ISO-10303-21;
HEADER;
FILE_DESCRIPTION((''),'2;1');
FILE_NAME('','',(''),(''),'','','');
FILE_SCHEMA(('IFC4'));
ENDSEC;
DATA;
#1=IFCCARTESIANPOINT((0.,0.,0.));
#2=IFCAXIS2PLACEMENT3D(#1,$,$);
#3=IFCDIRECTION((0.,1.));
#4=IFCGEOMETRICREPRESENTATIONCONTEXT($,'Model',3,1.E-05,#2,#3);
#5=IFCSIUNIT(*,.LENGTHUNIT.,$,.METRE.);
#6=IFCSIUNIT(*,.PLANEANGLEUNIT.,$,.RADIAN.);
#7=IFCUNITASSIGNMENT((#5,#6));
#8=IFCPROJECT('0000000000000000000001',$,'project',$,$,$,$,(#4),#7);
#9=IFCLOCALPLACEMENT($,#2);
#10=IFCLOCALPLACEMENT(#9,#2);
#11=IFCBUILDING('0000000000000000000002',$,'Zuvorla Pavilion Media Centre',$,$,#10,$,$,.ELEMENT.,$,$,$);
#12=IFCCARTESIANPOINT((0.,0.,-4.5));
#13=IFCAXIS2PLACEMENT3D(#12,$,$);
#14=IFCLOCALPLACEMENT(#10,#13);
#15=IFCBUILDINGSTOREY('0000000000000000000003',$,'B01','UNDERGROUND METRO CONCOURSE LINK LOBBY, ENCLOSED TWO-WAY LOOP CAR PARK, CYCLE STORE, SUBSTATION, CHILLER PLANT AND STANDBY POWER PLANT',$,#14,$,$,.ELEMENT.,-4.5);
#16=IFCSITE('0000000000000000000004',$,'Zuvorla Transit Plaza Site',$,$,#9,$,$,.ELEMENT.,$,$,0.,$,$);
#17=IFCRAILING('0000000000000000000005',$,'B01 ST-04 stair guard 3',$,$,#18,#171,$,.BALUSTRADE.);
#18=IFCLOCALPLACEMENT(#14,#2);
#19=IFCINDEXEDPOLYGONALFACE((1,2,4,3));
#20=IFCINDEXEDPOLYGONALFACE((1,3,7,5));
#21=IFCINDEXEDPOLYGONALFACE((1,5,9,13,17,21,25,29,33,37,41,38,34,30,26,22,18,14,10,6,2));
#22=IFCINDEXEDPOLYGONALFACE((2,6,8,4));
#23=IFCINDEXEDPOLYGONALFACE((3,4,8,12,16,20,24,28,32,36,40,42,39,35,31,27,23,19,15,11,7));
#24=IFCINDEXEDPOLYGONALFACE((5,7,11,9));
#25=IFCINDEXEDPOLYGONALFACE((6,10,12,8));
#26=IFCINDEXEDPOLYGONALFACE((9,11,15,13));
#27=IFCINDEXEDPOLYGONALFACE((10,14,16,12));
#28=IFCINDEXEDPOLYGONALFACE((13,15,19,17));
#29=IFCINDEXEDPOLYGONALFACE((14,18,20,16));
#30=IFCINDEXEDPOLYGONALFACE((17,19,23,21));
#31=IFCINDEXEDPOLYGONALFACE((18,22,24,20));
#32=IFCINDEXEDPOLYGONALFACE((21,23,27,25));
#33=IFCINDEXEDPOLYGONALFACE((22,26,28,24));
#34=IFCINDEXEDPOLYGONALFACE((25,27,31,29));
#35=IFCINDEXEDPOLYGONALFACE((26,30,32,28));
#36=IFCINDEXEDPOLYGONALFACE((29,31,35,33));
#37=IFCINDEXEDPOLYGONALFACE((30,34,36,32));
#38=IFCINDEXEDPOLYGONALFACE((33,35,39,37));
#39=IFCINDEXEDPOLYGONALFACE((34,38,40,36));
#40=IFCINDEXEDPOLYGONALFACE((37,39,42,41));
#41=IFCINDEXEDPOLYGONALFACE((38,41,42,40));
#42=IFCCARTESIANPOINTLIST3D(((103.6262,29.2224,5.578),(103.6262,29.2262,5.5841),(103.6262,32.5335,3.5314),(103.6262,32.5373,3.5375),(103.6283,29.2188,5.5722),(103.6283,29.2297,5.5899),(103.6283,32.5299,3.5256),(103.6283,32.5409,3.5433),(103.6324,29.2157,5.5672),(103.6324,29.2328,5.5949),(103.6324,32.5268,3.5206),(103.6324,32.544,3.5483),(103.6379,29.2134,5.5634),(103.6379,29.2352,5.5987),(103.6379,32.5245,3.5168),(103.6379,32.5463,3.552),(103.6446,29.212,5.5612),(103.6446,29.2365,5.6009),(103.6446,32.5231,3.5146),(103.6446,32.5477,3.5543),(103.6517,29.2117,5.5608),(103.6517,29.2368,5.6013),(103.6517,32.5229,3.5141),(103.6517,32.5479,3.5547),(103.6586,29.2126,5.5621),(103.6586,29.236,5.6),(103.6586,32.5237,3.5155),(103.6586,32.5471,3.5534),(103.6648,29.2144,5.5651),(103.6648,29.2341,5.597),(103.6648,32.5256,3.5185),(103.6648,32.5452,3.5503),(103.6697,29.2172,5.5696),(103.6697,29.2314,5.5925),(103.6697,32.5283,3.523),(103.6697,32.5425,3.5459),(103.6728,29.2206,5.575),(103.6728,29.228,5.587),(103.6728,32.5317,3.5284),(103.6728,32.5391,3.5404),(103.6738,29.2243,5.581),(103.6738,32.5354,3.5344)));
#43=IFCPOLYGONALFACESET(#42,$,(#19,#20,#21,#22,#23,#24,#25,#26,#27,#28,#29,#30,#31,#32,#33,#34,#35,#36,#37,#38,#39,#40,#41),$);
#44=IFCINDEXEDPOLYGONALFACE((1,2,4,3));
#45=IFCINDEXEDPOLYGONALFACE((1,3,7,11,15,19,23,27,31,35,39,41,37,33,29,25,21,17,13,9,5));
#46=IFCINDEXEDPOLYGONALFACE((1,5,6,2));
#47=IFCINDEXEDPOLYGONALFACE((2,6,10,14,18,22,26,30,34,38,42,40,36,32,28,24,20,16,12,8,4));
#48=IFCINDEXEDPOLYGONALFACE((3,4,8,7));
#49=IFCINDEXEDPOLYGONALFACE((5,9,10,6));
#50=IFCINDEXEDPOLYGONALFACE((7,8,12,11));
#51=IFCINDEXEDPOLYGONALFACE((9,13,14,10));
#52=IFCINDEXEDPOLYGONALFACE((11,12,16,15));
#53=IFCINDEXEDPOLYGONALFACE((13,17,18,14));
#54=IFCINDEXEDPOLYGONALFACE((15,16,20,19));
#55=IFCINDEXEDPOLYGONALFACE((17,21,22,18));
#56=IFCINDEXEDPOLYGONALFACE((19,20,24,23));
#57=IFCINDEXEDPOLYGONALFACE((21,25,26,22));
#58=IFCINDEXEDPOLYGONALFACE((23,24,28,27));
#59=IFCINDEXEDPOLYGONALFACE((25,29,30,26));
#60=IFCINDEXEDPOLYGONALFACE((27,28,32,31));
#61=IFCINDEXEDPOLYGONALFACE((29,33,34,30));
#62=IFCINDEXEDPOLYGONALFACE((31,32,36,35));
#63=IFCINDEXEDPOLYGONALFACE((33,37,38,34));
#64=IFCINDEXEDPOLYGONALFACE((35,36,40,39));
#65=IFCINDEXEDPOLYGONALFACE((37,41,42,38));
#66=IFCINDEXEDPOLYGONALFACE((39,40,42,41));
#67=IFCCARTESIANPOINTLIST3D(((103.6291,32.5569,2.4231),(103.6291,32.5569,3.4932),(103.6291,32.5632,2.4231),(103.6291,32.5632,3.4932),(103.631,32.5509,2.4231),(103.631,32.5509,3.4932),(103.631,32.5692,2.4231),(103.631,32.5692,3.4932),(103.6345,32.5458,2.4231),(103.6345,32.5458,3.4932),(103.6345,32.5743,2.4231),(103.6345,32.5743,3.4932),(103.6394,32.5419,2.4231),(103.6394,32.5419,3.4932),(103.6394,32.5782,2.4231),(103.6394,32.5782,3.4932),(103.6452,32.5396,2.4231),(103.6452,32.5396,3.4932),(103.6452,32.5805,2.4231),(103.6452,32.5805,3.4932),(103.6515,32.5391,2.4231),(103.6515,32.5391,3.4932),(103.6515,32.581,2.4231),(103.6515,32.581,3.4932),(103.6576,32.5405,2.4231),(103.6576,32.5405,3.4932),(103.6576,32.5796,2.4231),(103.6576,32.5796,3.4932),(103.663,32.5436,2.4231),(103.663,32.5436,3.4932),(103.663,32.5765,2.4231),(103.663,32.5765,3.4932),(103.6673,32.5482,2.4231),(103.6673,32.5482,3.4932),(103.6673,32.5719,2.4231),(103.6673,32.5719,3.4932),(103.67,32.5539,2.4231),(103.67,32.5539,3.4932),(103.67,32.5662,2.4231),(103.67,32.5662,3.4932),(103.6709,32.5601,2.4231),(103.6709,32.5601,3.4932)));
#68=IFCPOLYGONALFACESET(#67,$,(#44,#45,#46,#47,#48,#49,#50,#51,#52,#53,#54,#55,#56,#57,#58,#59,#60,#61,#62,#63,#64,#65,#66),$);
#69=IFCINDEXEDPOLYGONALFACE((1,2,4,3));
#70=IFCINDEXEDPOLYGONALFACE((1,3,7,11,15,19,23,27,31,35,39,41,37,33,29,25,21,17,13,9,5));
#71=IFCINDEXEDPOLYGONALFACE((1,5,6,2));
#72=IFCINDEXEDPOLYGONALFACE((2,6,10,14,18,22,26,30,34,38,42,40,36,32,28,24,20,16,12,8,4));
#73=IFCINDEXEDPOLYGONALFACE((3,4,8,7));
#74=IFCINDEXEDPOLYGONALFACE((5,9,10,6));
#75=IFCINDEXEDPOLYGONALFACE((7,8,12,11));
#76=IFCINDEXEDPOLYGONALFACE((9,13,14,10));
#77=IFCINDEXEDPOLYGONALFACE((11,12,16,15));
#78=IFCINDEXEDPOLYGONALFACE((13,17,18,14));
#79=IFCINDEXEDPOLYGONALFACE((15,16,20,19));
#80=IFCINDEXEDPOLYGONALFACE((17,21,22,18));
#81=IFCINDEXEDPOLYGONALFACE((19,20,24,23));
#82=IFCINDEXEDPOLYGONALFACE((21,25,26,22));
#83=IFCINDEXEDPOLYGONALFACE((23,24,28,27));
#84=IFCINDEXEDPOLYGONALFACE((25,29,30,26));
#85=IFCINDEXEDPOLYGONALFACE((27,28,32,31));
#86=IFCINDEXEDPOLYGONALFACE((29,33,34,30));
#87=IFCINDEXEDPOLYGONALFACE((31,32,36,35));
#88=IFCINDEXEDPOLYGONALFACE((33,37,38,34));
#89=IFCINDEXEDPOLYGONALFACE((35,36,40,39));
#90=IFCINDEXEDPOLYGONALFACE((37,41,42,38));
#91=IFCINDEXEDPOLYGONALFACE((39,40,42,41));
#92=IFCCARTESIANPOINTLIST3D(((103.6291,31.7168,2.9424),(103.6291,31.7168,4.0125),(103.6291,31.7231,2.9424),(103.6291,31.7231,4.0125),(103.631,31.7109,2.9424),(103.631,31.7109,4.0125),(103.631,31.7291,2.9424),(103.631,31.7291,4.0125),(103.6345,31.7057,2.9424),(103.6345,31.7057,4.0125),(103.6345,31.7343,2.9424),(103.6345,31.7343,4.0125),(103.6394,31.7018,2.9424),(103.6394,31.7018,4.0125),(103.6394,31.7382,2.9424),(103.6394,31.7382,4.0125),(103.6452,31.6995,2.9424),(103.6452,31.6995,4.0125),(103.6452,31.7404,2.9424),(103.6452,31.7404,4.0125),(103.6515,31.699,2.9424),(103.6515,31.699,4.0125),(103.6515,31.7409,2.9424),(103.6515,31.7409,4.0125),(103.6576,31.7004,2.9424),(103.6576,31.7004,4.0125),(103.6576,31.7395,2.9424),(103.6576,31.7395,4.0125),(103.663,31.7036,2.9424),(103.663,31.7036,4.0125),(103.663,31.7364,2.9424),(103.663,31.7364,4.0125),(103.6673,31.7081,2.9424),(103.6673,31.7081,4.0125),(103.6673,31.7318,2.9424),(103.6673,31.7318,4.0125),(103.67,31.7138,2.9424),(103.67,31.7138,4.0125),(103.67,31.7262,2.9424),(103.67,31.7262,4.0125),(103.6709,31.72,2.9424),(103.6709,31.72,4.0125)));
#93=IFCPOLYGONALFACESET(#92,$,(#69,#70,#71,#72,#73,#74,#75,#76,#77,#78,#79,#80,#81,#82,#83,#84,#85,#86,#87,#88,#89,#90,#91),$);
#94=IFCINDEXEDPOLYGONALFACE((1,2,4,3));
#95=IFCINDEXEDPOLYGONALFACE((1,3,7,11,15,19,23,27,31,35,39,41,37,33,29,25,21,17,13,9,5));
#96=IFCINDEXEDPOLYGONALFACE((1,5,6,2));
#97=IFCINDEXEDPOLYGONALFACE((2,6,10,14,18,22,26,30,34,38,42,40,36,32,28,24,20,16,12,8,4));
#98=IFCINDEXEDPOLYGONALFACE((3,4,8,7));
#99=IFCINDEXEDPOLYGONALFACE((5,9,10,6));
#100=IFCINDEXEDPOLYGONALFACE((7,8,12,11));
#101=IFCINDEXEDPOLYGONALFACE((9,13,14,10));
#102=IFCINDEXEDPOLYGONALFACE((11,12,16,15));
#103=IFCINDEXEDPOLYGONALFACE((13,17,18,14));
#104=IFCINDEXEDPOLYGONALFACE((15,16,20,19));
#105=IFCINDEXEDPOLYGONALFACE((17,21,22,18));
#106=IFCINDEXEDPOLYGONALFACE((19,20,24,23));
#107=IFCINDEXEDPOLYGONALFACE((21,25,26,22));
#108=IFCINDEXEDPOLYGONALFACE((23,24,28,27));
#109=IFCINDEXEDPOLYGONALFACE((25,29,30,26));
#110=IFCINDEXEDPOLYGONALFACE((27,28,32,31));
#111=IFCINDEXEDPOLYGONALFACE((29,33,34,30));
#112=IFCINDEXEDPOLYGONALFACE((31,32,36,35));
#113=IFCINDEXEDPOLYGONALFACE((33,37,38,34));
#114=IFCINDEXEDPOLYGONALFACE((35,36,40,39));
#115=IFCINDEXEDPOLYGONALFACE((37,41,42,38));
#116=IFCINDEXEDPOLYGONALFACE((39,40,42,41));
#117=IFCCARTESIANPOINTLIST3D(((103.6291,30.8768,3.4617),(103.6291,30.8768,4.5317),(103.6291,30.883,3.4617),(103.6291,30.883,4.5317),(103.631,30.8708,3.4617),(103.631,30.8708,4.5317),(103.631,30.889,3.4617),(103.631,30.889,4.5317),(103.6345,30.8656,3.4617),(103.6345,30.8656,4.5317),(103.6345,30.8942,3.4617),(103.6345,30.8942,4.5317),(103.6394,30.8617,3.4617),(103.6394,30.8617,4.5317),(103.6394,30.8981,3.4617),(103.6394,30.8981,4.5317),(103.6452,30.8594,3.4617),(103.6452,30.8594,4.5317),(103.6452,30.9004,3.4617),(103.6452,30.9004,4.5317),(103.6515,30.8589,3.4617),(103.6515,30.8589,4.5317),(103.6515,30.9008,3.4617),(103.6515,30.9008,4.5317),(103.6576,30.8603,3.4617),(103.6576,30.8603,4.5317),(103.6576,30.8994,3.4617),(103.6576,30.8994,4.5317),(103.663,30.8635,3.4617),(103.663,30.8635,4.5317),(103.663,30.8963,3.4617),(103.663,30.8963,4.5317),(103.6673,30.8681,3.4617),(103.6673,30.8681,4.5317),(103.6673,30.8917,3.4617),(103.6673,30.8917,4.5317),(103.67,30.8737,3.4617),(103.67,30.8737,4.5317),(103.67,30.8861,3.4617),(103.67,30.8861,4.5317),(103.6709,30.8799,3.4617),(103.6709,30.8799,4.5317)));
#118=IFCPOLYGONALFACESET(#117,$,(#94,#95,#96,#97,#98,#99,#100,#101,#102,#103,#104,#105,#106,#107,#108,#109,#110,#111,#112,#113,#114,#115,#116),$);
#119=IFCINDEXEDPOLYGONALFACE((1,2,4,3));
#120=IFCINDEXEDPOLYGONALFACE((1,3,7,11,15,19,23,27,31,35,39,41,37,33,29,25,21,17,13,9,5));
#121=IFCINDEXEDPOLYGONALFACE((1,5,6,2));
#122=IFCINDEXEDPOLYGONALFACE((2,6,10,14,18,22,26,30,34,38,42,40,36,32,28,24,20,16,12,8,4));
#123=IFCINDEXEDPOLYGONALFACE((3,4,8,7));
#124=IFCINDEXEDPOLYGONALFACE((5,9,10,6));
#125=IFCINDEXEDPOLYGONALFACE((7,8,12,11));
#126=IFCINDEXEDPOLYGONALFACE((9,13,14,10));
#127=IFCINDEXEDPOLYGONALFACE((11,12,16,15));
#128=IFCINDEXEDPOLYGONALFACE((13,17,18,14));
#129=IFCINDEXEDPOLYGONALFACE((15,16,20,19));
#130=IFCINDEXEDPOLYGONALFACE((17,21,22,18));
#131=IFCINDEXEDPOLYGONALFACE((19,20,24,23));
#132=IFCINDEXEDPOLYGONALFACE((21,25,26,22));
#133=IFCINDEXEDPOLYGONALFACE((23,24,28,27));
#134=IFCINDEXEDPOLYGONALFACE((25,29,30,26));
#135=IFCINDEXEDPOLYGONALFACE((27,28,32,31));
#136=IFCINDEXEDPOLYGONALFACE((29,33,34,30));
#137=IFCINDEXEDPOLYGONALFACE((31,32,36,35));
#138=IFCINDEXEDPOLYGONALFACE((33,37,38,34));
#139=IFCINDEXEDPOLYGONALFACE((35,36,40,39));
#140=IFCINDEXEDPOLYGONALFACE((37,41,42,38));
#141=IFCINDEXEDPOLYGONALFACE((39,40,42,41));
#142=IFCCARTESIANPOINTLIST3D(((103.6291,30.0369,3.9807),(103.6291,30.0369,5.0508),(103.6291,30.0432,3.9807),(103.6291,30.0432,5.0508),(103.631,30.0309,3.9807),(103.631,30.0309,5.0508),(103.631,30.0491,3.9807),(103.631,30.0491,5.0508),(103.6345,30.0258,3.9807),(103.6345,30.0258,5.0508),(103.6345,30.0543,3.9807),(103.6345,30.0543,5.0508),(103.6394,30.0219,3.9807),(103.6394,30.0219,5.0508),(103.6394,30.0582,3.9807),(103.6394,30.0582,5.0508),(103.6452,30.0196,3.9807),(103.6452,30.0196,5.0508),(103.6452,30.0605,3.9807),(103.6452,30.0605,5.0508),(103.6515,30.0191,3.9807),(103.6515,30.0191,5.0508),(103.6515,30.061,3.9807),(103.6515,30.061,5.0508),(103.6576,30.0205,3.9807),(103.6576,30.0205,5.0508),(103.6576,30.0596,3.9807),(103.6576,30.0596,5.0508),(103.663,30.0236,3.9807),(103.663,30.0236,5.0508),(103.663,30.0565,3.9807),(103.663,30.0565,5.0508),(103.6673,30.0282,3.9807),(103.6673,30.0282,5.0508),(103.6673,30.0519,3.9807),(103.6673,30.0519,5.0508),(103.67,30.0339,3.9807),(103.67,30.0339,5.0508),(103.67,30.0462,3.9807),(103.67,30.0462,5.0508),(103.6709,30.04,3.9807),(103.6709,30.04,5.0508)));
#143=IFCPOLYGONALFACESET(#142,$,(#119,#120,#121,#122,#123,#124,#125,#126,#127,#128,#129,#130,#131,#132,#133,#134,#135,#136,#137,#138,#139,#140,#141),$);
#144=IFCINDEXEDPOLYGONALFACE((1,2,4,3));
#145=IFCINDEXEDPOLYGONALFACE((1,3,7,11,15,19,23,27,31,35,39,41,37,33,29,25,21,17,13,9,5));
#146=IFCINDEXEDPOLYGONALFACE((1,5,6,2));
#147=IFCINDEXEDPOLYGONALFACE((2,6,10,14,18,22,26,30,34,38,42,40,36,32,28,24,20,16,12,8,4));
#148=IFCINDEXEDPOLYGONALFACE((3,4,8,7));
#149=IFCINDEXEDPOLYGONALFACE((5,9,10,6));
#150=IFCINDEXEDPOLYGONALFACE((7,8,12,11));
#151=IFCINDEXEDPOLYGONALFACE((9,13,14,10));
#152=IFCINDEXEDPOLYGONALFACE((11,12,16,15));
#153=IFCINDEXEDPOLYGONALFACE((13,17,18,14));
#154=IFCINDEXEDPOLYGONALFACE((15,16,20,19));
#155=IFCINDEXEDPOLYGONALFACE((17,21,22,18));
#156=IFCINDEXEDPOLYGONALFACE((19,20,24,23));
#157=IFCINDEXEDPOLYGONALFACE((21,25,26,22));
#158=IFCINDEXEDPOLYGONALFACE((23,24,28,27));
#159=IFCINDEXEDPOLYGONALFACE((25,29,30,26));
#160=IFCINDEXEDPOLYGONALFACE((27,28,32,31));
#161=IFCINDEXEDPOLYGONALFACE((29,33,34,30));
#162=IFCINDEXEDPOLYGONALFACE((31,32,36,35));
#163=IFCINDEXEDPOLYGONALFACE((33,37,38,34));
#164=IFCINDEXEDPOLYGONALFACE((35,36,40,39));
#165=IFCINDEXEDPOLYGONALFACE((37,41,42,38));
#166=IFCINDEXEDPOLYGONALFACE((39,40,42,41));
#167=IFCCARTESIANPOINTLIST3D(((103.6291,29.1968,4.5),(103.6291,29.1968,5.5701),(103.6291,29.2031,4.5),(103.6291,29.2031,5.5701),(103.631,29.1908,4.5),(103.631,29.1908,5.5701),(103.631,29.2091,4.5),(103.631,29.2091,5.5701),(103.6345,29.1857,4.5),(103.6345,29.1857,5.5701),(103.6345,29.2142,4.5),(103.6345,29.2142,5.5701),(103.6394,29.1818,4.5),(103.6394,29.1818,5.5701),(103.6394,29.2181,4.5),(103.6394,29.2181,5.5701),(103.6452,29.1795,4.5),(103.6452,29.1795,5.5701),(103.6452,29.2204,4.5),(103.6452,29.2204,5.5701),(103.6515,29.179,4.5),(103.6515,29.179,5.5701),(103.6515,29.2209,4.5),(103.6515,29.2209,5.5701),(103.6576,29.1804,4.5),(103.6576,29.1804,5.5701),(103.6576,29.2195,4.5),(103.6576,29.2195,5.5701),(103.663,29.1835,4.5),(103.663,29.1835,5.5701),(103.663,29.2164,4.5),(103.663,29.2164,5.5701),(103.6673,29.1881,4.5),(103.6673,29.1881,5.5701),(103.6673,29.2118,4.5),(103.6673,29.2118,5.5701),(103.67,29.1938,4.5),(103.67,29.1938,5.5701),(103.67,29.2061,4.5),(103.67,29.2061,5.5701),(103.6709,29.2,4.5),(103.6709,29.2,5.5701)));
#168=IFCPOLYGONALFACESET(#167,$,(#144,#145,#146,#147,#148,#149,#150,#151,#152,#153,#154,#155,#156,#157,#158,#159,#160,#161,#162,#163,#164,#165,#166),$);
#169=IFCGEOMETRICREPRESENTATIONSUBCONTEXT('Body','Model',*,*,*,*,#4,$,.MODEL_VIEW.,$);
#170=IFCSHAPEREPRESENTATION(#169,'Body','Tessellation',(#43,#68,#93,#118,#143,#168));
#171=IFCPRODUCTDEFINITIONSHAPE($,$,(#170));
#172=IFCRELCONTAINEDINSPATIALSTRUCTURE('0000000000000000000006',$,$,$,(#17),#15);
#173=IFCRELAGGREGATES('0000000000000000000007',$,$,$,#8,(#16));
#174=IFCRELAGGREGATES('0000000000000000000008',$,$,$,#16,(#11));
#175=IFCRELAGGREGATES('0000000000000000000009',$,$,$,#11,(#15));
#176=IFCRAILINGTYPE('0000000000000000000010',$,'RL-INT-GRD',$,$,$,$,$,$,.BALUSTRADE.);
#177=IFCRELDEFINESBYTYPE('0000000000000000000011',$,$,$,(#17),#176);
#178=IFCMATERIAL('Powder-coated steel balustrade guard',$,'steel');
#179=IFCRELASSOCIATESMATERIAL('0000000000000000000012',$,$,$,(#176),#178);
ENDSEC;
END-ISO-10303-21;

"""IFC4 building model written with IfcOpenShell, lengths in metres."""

from ifc_helpers import new_model, si_unit, direction, frame, origin, origin_2d, place, context, subcontext, project, spatial, circle, extrude, material, type_object, element, save


model = new_model("IFC4")

# Units and contexts
model_context = context("Model", 3, precision=1e-05, world=origin(), true_north=direction((0.0, 1.0)))
body_context = subcontext(model_context, "Body", "Model", "MODEL_VIEW")
ifc_project = project(units=[si_unit("LENGTHUNIT", "METRE"), si_unit("PLANEANGLEUNIT", "RADIAN")], contexts=[model_context])

# Site, building, storey
site_placement = place(None, origin())
site = spatial("IfcSite", under=ifc_project, at=site_placement, Name="Zuvorla Transit Plaza Site", CompositionType="ELEMENT", RefElevation=0.0)
building_placement = place(site_placement, origin())
building = spatial("IfcBuilding", under=site, at=building_placement, Name="Zuvorla Pavilion Media Centre", CompositionType="ELEMENT")
storey_placement = place(building_placement, frame((0.0, 0.0, -4.5)))
storey = spatial("IfcBuildingStorey", under=building, at=storey_placement, Name="B01", Description="UNDERGROUND METRO CONCOURSE LINK LOBBY, ENCLOSED TWO-WAY LOOP CAR PARK, CYCLE STORE, SUBSTATION, CHILLER PLANT AND STANDBY POWER PLANT", CompositionType="ELEMENT", Elevation=-4.5)

# Railing
ifc_material_1 = material(Name="Powder-coated steel balustrade guard", Category="steel")
railing_type = type_object("IfcRailingType", Name="RL-INT-GRD", PredefinedType="BALUSTRADE", material=ifc_material_1)
railing_1_placement = place(storey_placement, frame((103.6499, 32.5601, 2.4231)))
element("IfcRailing", 1, at=railing_1_placement, inside=storey, type_object=railing_type, Name="B01 ST-04 stair guard 3", PredefinedType="BALUSTRADE", context=body_context, shape_type="SweptSolid", body=[
    extrude(circle(Radius=0.0239, at=origin_2d()), frame((0.0, -0.0247, 1.1113), z_axis=(0.0, -0.850623, 0.525776), x_axis=(1.0, 0.0, 0.0)), (0.0, 0.0, 1.0), 3.8926),
    extrude(circle(Radius=0.021, at=origin_2d()), origin(), (0.0, 0.0, 1.0), 1.0701),
    extrude(circle(Radius=0.021, at=origin_2d()), frame((0.0, -0.8401, 0.5193)), (0.0, 0.0, 1.0), 1.0701),
    extrude(circle(Radius=0.021, at=origin_2d()), frame((0.0, -1.6802, 1.0386)), (0.0, 0.0, 1.0), 1.0701),
    extrude(circle(Radius=0.021, at=origin_2d()), frame((0.0, -2.52, 1.5576)), (0.0, 0.0, 1.0), 1.0701),
    extrude(circle(Radius=0.021, at=origin_2d()), frame((0.0, -3.3601, 2.0769)), (0.0, 0.0, 1.0), 1.0701),
])

save(model, "model.ifc")
